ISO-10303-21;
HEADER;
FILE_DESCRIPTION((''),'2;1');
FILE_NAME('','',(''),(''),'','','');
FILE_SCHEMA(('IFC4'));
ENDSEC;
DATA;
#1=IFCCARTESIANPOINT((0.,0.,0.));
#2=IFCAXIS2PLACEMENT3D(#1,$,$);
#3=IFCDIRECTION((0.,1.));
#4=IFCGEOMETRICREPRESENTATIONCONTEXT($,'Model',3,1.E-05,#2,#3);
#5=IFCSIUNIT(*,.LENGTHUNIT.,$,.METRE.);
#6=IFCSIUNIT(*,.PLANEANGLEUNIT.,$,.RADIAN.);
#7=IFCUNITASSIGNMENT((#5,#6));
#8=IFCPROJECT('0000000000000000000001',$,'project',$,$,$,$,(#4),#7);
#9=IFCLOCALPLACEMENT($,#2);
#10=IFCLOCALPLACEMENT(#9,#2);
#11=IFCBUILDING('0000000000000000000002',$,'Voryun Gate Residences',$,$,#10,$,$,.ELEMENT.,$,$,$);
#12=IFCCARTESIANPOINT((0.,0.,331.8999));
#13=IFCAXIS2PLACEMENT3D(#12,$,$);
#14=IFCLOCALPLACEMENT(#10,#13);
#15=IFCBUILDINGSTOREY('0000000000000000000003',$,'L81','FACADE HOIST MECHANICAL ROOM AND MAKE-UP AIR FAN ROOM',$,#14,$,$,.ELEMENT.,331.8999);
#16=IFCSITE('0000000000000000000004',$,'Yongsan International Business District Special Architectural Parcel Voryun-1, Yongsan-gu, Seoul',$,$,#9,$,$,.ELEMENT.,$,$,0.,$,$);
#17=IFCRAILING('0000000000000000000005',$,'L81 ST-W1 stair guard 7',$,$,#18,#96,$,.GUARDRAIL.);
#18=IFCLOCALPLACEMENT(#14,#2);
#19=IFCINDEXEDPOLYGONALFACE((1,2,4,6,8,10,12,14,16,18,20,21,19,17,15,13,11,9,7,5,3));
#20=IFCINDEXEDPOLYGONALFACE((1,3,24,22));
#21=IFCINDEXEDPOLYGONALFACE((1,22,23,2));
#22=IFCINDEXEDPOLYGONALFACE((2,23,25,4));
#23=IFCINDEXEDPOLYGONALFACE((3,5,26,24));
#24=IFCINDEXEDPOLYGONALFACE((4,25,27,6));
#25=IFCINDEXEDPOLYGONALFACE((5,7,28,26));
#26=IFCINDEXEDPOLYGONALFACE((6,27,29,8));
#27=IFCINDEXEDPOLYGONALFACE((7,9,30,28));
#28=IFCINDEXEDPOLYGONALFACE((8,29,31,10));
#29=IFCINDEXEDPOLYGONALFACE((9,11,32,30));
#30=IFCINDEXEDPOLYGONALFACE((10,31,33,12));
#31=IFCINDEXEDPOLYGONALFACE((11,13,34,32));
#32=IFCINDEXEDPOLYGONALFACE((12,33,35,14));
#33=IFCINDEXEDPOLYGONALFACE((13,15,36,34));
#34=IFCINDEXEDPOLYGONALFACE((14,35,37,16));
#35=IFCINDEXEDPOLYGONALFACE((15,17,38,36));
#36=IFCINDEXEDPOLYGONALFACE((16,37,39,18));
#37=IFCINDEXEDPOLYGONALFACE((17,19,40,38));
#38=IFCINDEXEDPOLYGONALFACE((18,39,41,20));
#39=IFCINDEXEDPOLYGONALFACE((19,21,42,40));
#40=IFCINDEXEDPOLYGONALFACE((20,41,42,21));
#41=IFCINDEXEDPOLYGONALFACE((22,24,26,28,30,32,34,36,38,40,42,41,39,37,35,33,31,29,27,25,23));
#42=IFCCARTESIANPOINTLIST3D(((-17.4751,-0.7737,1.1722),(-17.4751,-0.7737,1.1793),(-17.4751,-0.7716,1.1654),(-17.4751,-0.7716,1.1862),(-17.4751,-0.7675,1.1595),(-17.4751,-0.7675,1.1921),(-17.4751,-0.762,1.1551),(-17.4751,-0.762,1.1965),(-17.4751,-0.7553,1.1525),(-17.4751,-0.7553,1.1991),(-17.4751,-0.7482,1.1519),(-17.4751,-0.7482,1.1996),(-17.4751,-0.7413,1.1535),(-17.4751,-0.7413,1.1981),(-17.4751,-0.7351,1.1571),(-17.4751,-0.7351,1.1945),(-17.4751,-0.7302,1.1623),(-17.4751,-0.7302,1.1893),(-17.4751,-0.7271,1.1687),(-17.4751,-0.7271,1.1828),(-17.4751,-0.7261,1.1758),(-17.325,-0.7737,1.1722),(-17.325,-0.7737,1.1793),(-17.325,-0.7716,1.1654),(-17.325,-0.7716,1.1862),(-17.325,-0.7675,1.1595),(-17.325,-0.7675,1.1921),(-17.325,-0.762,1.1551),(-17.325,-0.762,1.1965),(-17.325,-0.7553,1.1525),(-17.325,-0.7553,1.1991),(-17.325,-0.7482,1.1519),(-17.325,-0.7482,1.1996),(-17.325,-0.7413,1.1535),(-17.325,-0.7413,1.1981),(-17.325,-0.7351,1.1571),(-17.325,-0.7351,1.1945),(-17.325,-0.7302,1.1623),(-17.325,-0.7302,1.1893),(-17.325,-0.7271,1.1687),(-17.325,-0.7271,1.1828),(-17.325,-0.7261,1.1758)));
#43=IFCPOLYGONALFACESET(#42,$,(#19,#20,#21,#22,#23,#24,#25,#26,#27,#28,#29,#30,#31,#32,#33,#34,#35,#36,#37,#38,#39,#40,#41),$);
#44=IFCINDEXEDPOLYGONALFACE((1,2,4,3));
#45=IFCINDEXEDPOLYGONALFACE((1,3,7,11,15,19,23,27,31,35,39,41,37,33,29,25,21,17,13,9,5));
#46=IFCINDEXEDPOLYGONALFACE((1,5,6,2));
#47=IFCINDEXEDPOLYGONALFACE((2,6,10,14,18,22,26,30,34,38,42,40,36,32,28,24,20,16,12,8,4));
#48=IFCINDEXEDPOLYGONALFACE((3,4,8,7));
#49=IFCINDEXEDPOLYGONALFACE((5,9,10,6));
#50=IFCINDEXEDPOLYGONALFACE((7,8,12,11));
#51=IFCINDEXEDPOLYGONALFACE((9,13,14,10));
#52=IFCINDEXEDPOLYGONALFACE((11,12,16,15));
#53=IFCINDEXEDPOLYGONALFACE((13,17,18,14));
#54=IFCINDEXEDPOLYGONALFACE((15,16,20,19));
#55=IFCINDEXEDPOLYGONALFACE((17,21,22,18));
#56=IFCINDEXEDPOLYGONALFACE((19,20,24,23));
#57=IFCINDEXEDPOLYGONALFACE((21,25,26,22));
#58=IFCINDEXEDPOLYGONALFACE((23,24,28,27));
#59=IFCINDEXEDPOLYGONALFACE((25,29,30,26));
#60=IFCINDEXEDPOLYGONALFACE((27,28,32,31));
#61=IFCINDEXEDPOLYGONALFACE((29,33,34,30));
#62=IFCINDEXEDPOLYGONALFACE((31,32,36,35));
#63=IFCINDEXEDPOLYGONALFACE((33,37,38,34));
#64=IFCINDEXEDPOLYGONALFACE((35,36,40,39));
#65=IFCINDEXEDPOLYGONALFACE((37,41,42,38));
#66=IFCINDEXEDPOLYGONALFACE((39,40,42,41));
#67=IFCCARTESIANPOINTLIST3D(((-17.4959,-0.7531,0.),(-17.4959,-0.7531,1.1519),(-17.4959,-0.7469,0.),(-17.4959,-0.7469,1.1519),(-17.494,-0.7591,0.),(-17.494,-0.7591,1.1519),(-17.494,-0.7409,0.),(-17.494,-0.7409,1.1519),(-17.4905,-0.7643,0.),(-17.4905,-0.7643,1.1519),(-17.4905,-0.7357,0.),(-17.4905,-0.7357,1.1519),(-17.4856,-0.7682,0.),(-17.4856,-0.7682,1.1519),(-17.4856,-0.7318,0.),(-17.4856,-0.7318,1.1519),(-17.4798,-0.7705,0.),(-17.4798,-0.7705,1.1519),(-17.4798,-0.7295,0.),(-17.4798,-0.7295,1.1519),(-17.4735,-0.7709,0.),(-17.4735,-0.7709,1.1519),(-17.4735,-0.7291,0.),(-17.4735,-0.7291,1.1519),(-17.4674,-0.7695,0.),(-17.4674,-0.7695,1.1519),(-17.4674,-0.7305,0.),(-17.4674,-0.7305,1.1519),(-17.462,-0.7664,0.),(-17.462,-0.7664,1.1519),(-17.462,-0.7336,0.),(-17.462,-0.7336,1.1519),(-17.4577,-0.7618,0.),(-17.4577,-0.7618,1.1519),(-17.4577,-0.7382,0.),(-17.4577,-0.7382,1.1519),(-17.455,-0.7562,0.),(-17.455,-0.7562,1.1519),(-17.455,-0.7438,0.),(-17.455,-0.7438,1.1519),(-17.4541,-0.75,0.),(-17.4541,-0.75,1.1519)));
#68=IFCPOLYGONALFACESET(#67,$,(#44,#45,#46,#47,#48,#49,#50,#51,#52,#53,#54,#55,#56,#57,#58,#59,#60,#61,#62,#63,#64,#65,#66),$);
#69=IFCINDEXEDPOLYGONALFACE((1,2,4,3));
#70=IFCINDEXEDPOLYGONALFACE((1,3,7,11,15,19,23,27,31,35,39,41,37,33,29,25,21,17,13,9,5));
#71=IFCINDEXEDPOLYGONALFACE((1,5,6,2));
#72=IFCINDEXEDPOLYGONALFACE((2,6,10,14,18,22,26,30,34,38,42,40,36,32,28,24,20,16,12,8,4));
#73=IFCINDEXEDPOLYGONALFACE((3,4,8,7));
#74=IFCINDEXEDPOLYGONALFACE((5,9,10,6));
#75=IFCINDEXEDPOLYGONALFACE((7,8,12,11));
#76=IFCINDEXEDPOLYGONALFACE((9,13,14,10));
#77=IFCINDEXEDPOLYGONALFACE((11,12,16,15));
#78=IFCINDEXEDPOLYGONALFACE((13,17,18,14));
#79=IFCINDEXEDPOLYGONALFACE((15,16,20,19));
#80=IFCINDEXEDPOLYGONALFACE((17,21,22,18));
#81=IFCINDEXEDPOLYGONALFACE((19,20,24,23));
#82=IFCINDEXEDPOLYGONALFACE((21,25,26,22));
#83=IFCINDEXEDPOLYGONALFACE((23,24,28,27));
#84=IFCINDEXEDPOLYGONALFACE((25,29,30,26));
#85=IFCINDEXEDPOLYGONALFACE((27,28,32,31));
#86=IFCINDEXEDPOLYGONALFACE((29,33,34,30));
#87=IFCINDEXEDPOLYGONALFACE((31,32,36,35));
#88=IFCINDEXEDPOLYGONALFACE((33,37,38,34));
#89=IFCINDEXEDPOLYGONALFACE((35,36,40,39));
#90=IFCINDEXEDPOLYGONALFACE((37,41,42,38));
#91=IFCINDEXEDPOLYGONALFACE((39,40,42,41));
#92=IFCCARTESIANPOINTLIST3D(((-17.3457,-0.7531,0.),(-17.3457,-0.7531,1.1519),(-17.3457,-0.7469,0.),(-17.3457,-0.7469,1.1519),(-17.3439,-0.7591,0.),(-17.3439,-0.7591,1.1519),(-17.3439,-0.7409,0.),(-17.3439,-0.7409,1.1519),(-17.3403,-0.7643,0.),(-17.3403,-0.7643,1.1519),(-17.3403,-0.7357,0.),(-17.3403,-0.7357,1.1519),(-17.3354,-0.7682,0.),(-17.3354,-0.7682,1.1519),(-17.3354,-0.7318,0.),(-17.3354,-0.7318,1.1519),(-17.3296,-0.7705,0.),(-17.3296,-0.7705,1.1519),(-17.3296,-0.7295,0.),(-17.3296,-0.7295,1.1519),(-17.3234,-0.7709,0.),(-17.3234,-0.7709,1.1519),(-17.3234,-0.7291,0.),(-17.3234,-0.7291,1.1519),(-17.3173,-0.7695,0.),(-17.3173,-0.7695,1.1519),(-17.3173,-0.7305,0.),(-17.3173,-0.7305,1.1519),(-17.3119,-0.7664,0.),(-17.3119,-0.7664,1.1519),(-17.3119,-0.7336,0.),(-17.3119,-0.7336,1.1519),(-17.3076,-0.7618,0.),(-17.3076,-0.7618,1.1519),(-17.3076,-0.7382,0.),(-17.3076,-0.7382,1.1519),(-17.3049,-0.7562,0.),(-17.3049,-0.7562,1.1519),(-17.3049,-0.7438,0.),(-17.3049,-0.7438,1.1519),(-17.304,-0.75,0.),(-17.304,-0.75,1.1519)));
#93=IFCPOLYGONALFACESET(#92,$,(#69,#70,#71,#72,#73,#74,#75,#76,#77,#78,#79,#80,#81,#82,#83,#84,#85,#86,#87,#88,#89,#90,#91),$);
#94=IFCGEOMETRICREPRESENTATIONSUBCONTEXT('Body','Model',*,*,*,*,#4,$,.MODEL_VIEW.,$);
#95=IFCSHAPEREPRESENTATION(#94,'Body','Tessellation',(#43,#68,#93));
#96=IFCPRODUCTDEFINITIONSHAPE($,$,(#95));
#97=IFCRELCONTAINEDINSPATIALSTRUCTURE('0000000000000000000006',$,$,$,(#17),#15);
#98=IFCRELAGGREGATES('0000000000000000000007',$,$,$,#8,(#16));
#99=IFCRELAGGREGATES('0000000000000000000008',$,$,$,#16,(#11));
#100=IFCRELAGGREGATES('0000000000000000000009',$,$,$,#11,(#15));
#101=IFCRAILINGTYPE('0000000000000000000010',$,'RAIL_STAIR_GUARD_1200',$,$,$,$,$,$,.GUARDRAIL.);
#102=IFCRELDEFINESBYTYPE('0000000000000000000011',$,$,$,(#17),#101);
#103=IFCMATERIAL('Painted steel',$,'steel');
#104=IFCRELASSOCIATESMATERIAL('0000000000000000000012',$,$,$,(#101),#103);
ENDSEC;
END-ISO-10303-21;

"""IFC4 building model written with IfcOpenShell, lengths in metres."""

from ifc_helpers import new_model, si_unit, direction, frame, origin, origin_2d, place, context, subcontext, project, spatial, circle, extrude, material, type_object, element, save


model = new_model("IFC4")

# Units and contexts
model_context = context("Model", 3, precision=1e-05, world=origin(), true_north=direction((0.0, 1.0)))
body_context = subcontext(model_context, "Body", "Model", "MODEL_VIEW")
ifc_project = project(units=[si_unit("LENGTHUNIT", "METRE"), si_unit("PLANEANGLEUNIT", "RADIAN")], contexts=[model_context])

# Site, building, storey
site_placement = place(None, origin())
site = spatial("IfcSite", under=ifc_project, at=site_placement, Name="Yongsan International Business District Special Architectural Parcel Voryun-1, Yongsan-gu, Seoul", CompositionType="ELEMENT", RefElevation=0.0)
building_placement = place(site_placement, origin())
building = spatial("IfcBuilding", under=site, at=building_placement, Name="Voryun Gate Residences", CompositionType="ELEMENT")
storey_placement = place(building_placement, frame((0.0, 0.0, 331.8999)))
storey = spatial("IfcBuildingStorey", under=building, at=storey_placement, Name="L81", Description="FACADE HOIST MECHANICAL ROOM AND MAKE-UP AIR FAN ROOM", CompositionType="ELEMENT", Elevation=331.8999)

# Railing
ifc_material_1 = material(Name="Painted steel", Category="steel")
railing_type_1 = type_object("IfcRailingType", Name="RAIL_STAIR_GUARD_1200", PredefinedType="GUARDRAIL", material=ifc_material_1)
railing_1_placement = place(storey_placement, frame((-17.4751, -0.75, 0.0)))
element("IfcRailing", 1, at=railing_1_placement, inside=storey, type_object=railing_type_1, Name="L81 ST-W1 stair guard 7", PredefinedType="GUARDRAIL", context=body_context, shape_type="SweptSolid", body=[
    extrude(circle(Radius=0.0239, at=origin_2d()), frame((0.0, 0.0, 1.1758), z_axis=(1.0, 0.0, 0.0), x_axis=(0.0, 1.0, 0.0)), (0.0, 0.0, 1.0), 0.1501),
    extrude(circle(Radius=0.021, at=origin_2d()), origin(), (0.0, 0.0, 1.0), 1.1519),
    extrude(circle(Radius=0.021, at=origin_2d()), frame((0.1501, 0.0, 0.0)), (0.0, 0.0, 1.0), 1.1519),
])

save(model, "model.ifc")
